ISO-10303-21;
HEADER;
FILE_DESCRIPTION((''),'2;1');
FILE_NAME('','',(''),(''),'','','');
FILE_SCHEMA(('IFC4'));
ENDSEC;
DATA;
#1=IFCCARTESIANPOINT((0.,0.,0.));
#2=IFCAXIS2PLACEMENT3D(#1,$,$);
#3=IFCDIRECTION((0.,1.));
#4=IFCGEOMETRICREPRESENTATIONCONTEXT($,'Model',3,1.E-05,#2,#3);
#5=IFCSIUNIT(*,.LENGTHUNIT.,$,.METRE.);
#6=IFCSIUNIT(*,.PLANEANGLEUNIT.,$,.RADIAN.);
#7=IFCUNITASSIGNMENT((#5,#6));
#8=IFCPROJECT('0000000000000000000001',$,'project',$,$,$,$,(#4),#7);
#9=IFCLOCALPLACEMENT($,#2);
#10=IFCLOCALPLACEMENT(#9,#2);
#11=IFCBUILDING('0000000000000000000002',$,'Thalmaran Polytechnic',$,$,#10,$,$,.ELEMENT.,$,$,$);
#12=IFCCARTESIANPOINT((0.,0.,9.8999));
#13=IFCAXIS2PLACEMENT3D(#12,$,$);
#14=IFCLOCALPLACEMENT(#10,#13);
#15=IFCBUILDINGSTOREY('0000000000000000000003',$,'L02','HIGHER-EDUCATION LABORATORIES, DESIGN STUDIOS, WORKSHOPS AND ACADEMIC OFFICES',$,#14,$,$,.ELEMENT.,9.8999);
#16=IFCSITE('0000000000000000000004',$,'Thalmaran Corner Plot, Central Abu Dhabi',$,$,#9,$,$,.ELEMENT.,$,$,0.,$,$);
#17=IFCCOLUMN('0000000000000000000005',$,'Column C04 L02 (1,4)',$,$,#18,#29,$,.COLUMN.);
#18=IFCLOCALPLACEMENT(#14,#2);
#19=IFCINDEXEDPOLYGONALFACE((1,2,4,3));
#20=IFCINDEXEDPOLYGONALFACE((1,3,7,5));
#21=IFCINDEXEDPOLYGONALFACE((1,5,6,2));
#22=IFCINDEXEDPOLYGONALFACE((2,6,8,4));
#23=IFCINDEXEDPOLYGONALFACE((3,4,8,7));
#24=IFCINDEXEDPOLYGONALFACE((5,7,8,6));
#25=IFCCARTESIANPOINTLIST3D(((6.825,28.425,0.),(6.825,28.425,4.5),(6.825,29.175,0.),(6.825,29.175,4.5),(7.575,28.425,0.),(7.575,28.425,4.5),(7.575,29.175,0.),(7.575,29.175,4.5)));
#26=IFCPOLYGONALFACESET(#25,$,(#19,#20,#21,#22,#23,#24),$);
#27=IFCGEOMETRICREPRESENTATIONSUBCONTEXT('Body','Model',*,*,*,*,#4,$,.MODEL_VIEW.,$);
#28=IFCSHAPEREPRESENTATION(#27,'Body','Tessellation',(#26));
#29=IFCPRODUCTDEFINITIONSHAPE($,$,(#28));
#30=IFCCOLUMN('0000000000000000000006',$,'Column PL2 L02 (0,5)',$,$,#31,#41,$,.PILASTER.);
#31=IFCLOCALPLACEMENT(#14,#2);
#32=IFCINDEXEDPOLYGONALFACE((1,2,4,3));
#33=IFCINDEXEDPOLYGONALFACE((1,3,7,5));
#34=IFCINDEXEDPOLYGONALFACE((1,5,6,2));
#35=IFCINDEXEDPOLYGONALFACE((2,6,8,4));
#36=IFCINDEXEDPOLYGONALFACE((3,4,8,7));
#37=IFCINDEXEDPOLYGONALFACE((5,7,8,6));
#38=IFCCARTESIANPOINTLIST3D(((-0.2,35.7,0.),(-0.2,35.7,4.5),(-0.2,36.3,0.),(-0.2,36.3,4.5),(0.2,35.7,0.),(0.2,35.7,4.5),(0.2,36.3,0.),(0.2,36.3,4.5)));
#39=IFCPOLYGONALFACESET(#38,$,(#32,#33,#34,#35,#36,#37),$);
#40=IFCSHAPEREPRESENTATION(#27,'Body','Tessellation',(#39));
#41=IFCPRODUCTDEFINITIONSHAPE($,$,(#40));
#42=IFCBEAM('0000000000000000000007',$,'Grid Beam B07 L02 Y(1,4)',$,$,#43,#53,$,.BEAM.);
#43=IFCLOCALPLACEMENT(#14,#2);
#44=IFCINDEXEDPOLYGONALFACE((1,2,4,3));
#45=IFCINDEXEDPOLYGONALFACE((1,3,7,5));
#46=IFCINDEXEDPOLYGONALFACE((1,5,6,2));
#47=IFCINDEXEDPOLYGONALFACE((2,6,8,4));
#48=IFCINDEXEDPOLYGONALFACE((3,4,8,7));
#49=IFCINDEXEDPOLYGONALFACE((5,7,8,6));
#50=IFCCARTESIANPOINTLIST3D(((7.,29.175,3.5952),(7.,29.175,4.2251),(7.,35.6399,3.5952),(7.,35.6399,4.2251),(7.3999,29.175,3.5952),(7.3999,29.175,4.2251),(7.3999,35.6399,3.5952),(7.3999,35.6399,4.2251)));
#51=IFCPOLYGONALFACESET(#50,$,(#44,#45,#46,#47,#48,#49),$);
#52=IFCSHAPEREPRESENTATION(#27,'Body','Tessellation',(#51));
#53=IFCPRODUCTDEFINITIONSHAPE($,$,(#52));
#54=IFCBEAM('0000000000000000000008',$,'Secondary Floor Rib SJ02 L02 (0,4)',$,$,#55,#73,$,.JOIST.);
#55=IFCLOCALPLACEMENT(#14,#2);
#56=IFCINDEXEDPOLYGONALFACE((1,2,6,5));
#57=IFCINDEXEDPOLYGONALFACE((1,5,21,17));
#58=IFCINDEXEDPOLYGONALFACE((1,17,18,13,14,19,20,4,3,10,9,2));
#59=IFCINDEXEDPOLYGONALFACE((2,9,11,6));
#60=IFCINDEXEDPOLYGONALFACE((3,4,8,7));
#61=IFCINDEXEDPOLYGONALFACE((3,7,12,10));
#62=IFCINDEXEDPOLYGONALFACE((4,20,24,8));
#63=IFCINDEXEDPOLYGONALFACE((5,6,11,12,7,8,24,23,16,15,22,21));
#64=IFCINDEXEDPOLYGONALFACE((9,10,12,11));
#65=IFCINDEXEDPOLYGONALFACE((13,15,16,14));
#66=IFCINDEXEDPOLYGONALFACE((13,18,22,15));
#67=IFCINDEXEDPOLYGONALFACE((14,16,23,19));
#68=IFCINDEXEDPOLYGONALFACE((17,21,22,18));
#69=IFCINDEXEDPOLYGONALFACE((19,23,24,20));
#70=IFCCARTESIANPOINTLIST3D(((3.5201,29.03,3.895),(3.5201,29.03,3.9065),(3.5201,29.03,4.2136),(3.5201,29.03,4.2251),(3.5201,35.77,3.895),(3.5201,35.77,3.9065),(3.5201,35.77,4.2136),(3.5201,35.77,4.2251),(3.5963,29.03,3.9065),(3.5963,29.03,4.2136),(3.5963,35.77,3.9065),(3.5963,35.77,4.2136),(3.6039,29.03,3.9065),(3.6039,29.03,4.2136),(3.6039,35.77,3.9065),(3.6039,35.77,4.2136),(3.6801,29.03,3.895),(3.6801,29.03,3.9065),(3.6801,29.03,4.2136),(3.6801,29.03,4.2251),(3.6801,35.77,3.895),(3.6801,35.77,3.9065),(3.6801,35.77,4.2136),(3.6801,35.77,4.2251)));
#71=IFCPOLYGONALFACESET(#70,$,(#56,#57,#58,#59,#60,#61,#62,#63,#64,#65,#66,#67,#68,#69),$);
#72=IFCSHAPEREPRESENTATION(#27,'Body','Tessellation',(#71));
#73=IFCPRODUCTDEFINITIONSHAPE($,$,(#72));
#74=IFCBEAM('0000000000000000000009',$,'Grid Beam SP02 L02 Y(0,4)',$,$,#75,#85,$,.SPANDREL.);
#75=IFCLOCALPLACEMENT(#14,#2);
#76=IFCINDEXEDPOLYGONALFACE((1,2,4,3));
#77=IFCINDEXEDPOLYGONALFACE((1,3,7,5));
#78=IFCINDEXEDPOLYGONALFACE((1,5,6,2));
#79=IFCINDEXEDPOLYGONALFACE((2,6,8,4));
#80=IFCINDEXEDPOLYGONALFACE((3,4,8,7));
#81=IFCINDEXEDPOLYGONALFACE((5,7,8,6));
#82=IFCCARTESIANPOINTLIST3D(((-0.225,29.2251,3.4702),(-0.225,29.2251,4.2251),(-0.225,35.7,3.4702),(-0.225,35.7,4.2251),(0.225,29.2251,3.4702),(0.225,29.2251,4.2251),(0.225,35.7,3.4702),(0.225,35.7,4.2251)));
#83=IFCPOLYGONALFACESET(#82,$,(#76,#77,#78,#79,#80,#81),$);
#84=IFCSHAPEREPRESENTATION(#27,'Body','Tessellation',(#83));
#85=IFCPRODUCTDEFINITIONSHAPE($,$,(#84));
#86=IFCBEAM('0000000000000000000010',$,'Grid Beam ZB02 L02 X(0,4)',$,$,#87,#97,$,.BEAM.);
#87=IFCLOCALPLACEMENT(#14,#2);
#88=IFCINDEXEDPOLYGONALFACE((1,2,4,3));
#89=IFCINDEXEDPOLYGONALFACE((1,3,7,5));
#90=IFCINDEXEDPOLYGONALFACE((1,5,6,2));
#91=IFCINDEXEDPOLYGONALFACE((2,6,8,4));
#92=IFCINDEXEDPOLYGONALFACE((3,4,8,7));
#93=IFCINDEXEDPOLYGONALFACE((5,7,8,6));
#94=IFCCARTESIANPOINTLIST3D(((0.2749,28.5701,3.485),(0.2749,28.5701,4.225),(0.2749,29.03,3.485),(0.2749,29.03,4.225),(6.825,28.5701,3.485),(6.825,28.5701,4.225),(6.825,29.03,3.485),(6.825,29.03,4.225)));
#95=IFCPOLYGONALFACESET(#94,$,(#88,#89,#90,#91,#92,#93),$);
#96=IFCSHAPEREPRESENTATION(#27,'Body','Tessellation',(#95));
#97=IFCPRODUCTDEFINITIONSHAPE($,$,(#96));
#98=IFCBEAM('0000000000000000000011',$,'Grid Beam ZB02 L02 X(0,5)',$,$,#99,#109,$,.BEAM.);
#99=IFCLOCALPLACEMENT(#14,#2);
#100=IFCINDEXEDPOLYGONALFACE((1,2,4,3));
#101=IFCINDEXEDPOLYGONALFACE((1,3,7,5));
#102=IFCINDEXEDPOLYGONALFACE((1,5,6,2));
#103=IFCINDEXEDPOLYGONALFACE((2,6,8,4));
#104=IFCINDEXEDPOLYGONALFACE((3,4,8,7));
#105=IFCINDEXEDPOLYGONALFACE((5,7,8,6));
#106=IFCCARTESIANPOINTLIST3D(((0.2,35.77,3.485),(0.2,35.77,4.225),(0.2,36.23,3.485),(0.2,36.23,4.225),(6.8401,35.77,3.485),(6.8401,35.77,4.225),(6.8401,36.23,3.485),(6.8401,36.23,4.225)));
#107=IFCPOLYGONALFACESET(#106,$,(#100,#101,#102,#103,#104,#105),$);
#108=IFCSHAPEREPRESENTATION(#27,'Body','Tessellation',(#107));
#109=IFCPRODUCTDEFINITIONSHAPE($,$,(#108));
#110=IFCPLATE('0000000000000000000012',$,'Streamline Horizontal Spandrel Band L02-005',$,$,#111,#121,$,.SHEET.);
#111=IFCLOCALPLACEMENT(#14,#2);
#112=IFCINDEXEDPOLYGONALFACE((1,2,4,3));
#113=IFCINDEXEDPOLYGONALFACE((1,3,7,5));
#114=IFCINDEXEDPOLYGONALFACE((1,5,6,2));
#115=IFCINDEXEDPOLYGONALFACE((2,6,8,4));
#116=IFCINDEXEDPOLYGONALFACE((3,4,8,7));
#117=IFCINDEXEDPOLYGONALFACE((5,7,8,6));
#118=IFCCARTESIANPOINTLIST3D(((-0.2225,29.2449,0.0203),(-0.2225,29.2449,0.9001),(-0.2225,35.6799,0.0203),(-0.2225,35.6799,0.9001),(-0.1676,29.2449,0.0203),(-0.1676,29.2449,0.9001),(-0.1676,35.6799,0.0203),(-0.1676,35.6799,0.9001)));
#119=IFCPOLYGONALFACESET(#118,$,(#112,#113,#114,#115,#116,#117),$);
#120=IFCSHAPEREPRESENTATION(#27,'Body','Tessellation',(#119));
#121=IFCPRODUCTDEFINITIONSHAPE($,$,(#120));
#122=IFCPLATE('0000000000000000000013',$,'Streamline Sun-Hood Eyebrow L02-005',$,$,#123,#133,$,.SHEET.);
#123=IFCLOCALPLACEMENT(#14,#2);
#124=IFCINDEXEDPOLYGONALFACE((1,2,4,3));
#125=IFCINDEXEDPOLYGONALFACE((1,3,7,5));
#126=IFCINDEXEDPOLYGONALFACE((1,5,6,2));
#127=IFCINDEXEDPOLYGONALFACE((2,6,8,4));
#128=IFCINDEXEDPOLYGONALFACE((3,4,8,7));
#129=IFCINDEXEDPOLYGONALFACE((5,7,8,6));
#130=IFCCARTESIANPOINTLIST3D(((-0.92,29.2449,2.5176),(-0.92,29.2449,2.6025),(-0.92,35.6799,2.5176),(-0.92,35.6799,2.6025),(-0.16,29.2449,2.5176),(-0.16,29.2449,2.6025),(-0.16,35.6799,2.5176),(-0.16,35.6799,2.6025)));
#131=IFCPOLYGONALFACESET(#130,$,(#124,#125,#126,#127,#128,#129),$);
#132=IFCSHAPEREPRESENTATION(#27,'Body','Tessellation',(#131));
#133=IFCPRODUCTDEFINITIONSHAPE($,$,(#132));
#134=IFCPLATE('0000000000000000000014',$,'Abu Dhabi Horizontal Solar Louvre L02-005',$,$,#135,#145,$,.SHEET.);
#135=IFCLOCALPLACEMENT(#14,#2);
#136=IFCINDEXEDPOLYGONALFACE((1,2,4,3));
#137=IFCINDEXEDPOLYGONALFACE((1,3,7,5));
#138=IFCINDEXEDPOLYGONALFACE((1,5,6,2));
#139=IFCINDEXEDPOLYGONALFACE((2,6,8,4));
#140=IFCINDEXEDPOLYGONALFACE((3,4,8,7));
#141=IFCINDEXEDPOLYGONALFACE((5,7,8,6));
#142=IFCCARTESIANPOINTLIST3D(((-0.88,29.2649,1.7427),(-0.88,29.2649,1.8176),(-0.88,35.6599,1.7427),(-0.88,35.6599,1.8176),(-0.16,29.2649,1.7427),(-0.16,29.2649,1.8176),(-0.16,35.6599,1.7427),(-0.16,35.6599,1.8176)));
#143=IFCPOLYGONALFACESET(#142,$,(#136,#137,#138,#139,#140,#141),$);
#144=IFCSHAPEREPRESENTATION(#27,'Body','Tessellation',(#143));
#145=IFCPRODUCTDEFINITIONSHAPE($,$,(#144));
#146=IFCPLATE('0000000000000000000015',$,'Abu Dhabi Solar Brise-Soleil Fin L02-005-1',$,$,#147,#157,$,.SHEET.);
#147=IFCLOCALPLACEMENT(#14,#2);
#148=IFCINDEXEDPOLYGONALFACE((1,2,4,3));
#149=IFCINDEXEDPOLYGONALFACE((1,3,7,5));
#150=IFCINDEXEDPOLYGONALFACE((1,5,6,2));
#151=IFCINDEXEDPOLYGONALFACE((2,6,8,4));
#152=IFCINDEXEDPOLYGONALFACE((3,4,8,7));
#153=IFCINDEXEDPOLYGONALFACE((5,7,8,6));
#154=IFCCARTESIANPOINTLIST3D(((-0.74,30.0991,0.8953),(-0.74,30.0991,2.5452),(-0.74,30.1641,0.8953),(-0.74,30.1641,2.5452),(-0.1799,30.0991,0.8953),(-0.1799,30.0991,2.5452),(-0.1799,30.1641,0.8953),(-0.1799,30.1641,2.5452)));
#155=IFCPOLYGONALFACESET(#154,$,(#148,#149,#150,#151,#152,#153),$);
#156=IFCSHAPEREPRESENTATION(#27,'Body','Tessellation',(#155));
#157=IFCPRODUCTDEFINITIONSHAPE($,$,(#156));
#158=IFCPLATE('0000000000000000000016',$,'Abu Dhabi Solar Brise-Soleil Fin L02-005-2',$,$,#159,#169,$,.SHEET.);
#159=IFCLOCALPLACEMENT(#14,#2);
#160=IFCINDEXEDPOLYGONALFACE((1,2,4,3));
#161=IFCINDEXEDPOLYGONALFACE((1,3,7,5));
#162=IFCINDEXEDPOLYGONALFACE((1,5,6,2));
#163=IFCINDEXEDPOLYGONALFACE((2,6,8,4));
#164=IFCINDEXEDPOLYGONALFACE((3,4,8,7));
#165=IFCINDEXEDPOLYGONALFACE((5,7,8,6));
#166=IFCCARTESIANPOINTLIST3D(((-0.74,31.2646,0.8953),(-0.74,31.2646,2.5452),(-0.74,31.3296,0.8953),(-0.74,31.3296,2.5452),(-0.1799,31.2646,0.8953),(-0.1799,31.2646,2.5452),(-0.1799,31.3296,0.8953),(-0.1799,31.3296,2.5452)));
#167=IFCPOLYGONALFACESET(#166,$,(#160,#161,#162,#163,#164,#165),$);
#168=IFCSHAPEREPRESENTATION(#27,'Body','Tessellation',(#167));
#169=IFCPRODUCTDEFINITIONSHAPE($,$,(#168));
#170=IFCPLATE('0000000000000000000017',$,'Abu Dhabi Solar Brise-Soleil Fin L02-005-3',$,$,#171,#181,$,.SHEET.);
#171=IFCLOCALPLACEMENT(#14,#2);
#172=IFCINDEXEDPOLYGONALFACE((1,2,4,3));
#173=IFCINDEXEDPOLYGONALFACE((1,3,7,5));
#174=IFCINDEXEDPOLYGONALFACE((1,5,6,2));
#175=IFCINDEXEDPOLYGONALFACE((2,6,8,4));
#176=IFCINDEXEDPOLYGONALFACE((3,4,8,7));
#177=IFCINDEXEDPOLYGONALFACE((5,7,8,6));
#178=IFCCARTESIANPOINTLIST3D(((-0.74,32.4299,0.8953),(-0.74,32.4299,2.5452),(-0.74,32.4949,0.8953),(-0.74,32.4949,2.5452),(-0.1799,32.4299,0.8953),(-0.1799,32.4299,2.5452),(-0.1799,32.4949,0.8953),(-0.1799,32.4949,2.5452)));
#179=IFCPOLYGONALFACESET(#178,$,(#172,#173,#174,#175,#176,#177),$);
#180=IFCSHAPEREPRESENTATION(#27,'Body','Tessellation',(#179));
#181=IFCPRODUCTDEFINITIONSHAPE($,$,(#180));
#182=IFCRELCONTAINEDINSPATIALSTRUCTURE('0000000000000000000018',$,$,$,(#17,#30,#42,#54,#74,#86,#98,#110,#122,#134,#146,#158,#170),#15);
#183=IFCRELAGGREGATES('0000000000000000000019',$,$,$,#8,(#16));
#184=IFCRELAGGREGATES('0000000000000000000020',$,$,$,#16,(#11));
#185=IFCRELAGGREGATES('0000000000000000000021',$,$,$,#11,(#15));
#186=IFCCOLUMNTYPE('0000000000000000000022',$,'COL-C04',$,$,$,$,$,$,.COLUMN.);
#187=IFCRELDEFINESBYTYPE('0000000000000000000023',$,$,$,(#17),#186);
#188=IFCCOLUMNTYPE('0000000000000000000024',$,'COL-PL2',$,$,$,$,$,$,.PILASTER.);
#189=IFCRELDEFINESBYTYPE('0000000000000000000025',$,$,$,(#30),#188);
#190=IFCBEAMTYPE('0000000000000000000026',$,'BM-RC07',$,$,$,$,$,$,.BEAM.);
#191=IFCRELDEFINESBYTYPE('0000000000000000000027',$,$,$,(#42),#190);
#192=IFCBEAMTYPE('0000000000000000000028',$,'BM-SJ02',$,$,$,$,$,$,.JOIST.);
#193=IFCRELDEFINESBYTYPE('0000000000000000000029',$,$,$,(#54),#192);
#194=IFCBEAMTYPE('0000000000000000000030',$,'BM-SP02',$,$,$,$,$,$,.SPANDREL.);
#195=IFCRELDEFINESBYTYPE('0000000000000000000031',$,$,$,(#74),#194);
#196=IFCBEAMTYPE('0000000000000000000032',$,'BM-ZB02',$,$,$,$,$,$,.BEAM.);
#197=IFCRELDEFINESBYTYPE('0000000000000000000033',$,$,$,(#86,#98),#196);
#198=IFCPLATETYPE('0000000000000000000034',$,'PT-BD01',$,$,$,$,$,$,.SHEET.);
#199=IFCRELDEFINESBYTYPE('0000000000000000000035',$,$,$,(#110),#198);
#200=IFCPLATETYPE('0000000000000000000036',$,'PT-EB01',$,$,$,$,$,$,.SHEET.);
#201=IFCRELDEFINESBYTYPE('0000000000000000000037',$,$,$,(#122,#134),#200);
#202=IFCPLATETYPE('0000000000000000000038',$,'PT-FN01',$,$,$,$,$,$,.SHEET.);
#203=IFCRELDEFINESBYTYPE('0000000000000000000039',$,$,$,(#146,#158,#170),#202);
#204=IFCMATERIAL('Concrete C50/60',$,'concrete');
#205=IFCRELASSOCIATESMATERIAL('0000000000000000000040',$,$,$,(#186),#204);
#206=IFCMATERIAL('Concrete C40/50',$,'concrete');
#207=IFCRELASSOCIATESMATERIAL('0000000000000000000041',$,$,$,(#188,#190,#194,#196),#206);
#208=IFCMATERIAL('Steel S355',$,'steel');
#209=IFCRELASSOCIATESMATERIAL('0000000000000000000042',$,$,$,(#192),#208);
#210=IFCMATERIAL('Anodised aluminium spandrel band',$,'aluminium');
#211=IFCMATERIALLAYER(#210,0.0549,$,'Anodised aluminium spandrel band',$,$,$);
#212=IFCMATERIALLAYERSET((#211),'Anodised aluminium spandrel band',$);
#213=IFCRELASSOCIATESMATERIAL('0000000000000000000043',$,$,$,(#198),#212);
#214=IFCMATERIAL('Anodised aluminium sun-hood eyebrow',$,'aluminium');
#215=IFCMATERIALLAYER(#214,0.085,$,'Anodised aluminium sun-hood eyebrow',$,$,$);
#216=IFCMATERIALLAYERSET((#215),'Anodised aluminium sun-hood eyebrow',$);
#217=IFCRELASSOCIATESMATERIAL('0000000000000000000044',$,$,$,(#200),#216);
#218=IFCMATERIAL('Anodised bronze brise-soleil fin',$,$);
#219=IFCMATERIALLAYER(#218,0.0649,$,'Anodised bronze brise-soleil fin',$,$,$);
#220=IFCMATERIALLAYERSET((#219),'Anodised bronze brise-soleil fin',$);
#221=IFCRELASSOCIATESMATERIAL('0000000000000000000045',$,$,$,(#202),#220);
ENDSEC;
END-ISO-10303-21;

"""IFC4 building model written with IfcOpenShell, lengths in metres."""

from ifc_helpers import new_model, si_unit, direction, frame, origin, origin_2d, place, context, subcontext, project, spatial, rectangle, i_section, extrude, material, layer, layer_set, material_profile, profile_set, type_object, element, save


model = new_model("IFC4")

# Units and contexts
model_context = context("Model", 3, precision=1e-05, world=origin(), true_north=direction((0.0, 1.0)))
body_context = subcontext(model_context, "Body", "Model", "MODEL_VIEW")
ifc_project = project(units=[si_unit("LENGTHUNIT", "METRE"), si_unit("PLANEANGLEUNIT", "RADIAN")], contexts=[model_context])

# Site, building, storey
site_placement = place(None, origin())
site = spatial("IfcSite", under=ifc_project, at=site_placement, Name="Thalmaran Corner Plot, Central Abu Dhabi", CompositionType="ELEMENT", RefElevation=0.0)
building_placement = place(site_placement, origin())
building = spatial("IfcBuilding", under=site, at=building_placement, Name="Thalmaran Polytechnic", CompositionType="ELEMENT")
storey_placement = place(building_placement, frame((0.0, 0.0, 9.8999)))
storey = spatial("IfcBuildingStorey", under=building, at=storey_placement, Name="L02", Description="HIGHER-EDUCATION LABORATORIES, DESIGN STUDIOS, WORKSHOPS AND ACADEMIC OFFICES", CompositionType="ELEMENT", Elevation=9.8999)

# Columns
ifc_material_1 = material(Name="Concrete C50/60", Category="concrete")
ifc_material_profile_1 = material_profile(ifc_material_1, rectangle(XDim=0.75, YDim=0.75, at=origin_2d()), Name="RC 750x750")
ifc_profile_set_1 = profile_set([ifc_material_profile_1], Name="Concrete C50/60")
column_type_1 = type_object("IfcColumnType", Name="COL-C04", PredefinedType="COLUMN", material=ifc_profile_set_1)
column_1_placement = place(storey_placement, frame((7.2, 28.8, 0.0), z_axis=(0.0, 0.0, 1.0), x_axis=(1.0, 0.0, 0.0)))
element("IfcColumn", 1, at=column_1_placement, inside=storey, type_object=column_type_1, Name="Column C04 L02 (1,4)", PredefinedType="COLUMN", context=body_context, shape_type="SweptSolid", body=[
    extrude(rectangle(XDim=0.75, YDim=0.75, at=origin_2d()), origin(), (0.0, 0.0, 1.0), 4.5),
])
ifc_material_2 = material(Name="Concrete C40/50", Category="concrete")
ifc_material_profile_2 = material_profile(ifc_material_2, rectangle(XDim=0.3999, YDim=0.6001, at=origin_2d()), Name="RC 400x600")
ifc_profile_set_2 = profile_set([ifc_material_profile_2], Name="Concrete C40/50")
column_type_2 = type_object("IfcColumnType", Name="COL-PL2", PredefinedType="PILASTER", material=ifc_profile_set_2)
column_2_placement = place(storey_placement, frame((0.0, 36.0, 0.0), z_axis=(0.0, 0.0, 1.0), x_axis=(1.0, 0.0, 0.0)))
element("IfcColumn", 2, at=column_2_placement, inside=storey, type_object=column_type_2, Name="Column PL2 L02 (0,5)", PredefinedType="PILASTER", context=body_context, shape_type="SweptSolid", body=[
    extrude(rectangle(XDim=0.3999, YDim=0.6001, at=origin_2d()), origin(), (0.0, 0.0, 1.0), 4.5),
])

# Beams
ifc_material_profile_3 = material_profile(ifc_material_2, rectangle(XDim=0.3999, YDim=0.6299, at=origin_2d()), Name="RC 400x630")
ifc_profile_set_3 = profile_set([ifc_material_profile_3], Name="Concrete C40/50")
beam_type_1 = type_object("IfcBeamType", Name="BM-RC07", PredefinedType="BEAM", material=ifc_profile_set_3)
beam_1_placement = place(storey_placement, frame((7.2, 29.175, 3.9102), z_axis=(0.0, 1.0, 0.0), x_axis=(-1.0, 0.0, 0.0)))
element("IfcBeam", 3, at=beam_1_placement, inside=storey, type_object=beam_type_1, Name="Grid Beam B07 L02 Y(1,4)", PredefinedType="BEAM", context=body_context, shape_type="SweptSolid", body=[
    extrude(rectangle(XDim=0.3999, YDim=0.6299, at=origin_2d()), origin(), (0.0, 0.0, 1.0), 6.4648),
])
ifc_material_3 = material(Name="Steel S355", Category="steel")
ifc_material_profile_4 = material_profile(ifc_material_3, i_section(OverallWidth=0.1599, OverallDepth=0.3301, WebThickness=0.0076, FlangeThickness=0.0115, at=origin_2d()), Name="IPE 330")
ifc_profile_set_4 = profile_set([ifc_material_profile_4], Name="Steel S355")
beam_type_2 = type_object("IfcBeamType", Name="BM-SJ02", PredefinedType="JOIST", material=ifc_profile_set_4)
beam_2_placement = place(storey_placement, frame((3.6001, 29.03, 4.0601), z_axis=(0.0, 1.0, 0.0), x_axis=(-1.0, 0.0, 0.0)))
element("IfcBeam", 4, at=beam_2_placement, inside=storey, type_object=beam_type_2, Name="Secondary Floor Rib SJ02 L02 (0,4)", PredefinedType="JOIST", context=body_context, shape_type="SweptSolid", body=[
    extrude(i_section(OverallWidth=0.1599, OverallDepth=0.3301, WebThickness=0.0076, FlangeThickness=0.0115, at=origin_2d()), origin(), (0.0, 0.0, 1.0), 6.74),
])
ifc_material_profile_5 = material_profile(ifc_material_2, rectangle(XDim=0.45, YDim=0.7549, at=origin_2d()), Name="RC 450x755")
ifc_profile_set_5 = profile_set([ifc_material_profile_5], Name="Concrete C40/50")
beam_type_3 = type_object("IfcBeamType", Name="BM-SP02", PredefinedType="SPANDREL", material=ifc_profile_set_5)
beam_3_placement = place(storey_placement, frame((0.0, 29.2251, 3.8477), z_axis=(0.0, 1.0, 0.0), x_axis=(-1.0, 0.0, 0.0)))
element("IfcBeam", 5, at=beam_3_placement, inside=storey, type_object=beam_type_3, Name="Grid Beam SP02 L02 Y(0,4)", PredefinedType="SPANDREL", context=body_context, shape_type="SweptSolid", body=[
    extrude(rectangle(XDim=0.45, YDim=0.7549, at=origin_2d()), origin(), (0.0, 0.0, 1.0), 6.4749),
])
ifc_material_profile_6 = material_profile(ifc_material_2, rectangle(XDim=0.46, YDim=0.74, at=origin_2d()), Name="RC 460x740")
ifc_profile_set_6 = profile_set([ifc_material_profile_6], Name="Concrete C40/50")
beam_type_4 = type_object("IfcBeamType", Name="BM-ZB02", PredefinedType="BEAM", material=ifc_profile_set_6)
beam_4_placement = place(storey_placement, frame((0.2749, 28.8, 3.855), z_axis=(1.0, 0.0, 0.0), x_axis=(0.0, 1.0, 0.0)))
element("IfcBeam", 6, at=beam_4_placement, inside=storey, type_object=beam_type_4, Name="Grid Beam ZB02 L02 X(0,4)", PredefinedType="BEAM", context=body_context, shape_type="SweptSolid", body=[
    extrude(rectangle(XDim=0.46, YDim=0.74, at=origin_2d()), origin(), (0.0, 0.0, 1.0), 6.55),
])
beam_5_placement = place(storey_placement, frame((0.2, 36.0, 3.855), z_axis=(1.0, 0.0, 0.0), x_axis=(0.0, 1.0, 0.0)))
element("IfcBeam", 7, at=beam_5_placement, inside=storey, type_object=beam_type_4, Name="Grid Beam ZB02 L02 X(0,5)", PredefinedType="BEAM", context=body_context, shape_type="SweptSolid", body=[
    extrude(rectangle(XDim=0.46, YDim=0.74, at=origin_2d()), origin(), (0.0, 0.0, 1.0), 6.6401),
])

# Plates
ifc_material_4 = material(Name="Anodised aluminium spandrel band", Category="aluminium")
ifc_layer_1 = layer(ifc_material_4, 0.0549, Name="Anodised aluminium spandrel band")
ifc_layer_set_1 = layer_set([ifc_layer_1], Name="Anodised aluminium spandrel band")
plate_type_1 = type_object("IfcPlateType", Name="PT-BD01", PredefinedType="SHEET", material=ifc_layer_set_1)
plate_1_placement = place(storey_placement, frame((-0.1951, 32.4624, 0.0203), z_axis=(0.0, 0.0, 1.0), x_axis=(0.0, 1.0, 0.0)))
element("IfcPlate", 8, at=plate_1_placement, inside=storey, type_object=plate_type_1, Name="Streamline Horizontal Spandrel Band L02-005", PredefinedType="SHEET", context=body_context, shape_type="SweptSolid", body=[
    extrude(rectangle(XDim=6.4351, YDim=0.0549, at=origin_2d()), origin(), (0.0, 0.0, 1.0), 0.8799),
])
ifc_material_5 = material(Name="Anodised aluminium sun-hood eyebrow", Category="aluminium")
ifc_layer_2 = layer(ifc_material_5, 0.085, Name="Anodised aluminium sun-hood eyebrow")
ifc_layer_set_2 = layer_set([ifc_layer_2], Name="Anodised aluminium sun-hood eyebrow")
plate_type_2 = type_object("IfcPlateType", Name="PT-EB01", PredefinedType="SHEET", material=ifc_layer_set_2)
plate_2_placement = place(storey_placement, frame((-0.54, 32.4624, 2.5176), z_axis=(0.0, 0.0, 1.0), x_axis=(0.0, 1.0, 0.0)))
element("IfcPlate", 9, at=plate_2_placement, inside=storey, type_object=plate_type_2, Name="Streamline Sun-Hood Eyebrow L02-005", PredefinedType="SHEET", context=body_context, shape_type="SweptSolid", body=[
    extrude(rectangle(XDim=6.4351, YDim=0.76, at=origin_2d()), origin(), (0.0, 0.0, 1.0), 0.085),
])
plate_3_placement = place(storey_placement, frame((-0.52, 32.4624, 1.7427), z_axis=(0.0, 0.0, 1.0), x_axis=(0.0, 1.0, 0.0)))
element("IfcPlate", 10, at=plate_3_placement, inside=storey, type_object=plate_type_2, Name="Abu Dhabi Horizontal Solar Louvre L02-005", PredefinedType="SHEET", context=body_context, shape_type="SweptSolid", body=[
    extrude(rectangle(XDim=6.395, YDim=0.72, at=origin_2d()), origin(), (0.0, 0.0, 1.0), 0.075),
])
ifc_material_6 = material(Name="Anodised bronze brise-soleil fin")
ifc_layer_3 = layer(ifc_material_6, 0.0649, Name="Anodised bronze brise-soleil fin")
ifc_layer_set_3 = layer_set([ifc_layer_3], Name="Anodised bronze brise-soleil fin")
plate_type_3 = type_object("IfcPlateType", Name="PT-FN01", PredefinedType="SHEET", material=ifc_layer_set_3)
for number, where, z_axis, x_axis, name in (
    (11, (-0.46, 30.1316, 0.8953), (0.0, 0.0, 1.0), (0.0, 1.0, 0.0), "Abu Dhabi Solar Brise-Soleil Fin L02-005-1"),
    (12, (-0.46, 31.2971, 0.8953), (0.0, 0.0, 1.0), (0.0, 1.0, 0.0), "Abu Dhabi Solar Brise-Soleil Fin L02-005-2"),
    (13, (-0.46, 32.4624, 0.8953), (0.0, 0.0, 1.0), (0.0, 1.0, 0.0), "Abu Dhabi Solar Brise-Soleil Fin L02-005-3"),
):
    element("IfcPlate", number, at=place(storey_placement, frame(where, z_axis=z_axis, x_axis=x_axis)), inside=storey, type_object=plate_type_3, Name=name, PredefinedType="SHEET", context=body_context, shape_type="SweptSolid", body=[
        extrude(rectangle(XDim=0.0649, YDim=0.5601, at=origin_2d()), origin(), (0.0, 0.0, 1.0), 1.6499),
    ])

save(model, "model.ifc")
